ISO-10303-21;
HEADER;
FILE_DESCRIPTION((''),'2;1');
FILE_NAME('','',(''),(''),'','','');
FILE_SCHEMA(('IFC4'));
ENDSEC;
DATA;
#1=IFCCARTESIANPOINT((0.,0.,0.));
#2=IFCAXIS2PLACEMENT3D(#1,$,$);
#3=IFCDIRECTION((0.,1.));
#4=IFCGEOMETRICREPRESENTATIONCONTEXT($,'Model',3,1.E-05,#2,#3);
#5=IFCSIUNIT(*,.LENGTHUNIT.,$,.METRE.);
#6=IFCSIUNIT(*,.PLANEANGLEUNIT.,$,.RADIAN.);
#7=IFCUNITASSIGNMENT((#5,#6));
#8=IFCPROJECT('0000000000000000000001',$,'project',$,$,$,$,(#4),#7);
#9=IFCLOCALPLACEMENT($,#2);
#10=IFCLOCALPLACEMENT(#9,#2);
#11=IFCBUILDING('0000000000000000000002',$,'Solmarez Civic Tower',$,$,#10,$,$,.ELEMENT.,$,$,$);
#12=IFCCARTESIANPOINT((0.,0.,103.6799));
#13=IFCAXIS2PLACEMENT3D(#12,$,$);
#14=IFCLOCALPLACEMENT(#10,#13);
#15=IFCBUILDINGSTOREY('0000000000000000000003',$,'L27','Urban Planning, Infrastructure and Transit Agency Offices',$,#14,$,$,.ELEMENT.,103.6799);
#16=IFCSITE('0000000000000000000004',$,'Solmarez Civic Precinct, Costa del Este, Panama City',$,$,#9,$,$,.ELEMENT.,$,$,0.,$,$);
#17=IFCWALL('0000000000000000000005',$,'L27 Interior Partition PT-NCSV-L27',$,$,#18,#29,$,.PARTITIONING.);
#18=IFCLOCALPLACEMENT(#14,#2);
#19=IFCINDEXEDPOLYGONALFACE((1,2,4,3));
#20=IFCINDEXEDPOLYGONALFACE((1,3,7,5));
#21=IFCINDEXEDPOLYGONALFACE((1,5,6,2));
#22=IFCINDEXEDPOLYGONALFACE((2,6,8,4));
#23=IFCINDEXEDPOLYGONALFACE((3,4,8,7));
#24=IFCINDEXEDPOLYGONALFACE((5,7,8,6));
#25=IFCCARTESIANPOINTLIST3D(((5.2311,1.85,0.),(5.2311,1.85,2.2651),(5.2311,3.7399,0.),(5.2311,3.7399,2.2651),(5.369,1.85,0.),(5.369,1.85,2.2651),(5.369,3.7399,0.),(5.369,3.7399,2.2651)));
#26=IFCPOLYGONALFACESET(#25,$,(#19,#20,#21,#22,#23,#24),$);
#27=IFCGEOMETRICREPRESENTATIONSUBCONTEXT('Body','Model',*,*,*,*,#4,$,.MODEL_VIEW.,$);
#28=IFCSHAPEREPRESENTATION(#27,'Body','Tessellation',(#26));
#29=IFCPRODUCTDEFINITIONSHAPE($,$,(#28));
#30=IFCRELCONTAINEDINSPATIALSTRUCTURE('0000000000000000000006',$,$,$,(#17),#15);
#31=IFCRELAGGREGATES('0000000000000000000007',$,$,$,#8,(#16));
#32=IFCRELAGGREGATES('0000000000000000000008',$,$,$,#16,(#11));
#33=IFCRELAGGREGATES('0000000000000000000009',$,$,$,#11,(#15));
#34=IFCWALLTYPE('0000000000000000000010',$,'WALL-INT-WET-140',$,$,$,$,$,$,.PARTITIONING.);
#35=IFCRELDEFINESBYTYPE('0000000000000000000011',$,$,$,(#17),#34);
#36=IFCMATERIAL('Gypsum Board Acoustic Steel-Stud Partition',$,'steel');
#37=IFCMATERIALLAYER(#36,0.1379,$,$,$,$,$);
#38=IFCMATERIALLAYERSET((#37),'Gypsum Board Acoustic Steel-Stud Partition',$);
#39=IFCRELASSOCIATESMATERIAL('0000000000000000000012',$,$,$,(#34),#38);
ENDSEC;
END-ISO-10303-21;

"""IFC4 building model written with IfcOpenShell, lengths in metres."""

from ifc_helpers import new_model, si_unit, direction, frame, frame_2d, origin, place, context, subcontext, project, spatial, rectangle, extrude, material, layer, layer_set, type_object, element, save


model = new_model("IFC4")

# Units and contexts
model_context = context("Model", 3, precision=1e-05, world=origin(), true_north=direction((0.0, 1.0)))
body_context = subcontext(model_context, "Body", "Model", "MODEL_VIEW")
ifc_project = project(units=[si_unit("LENGTHUNIT", "METRE"), si_unit("PLANEANGLEUNIT", "RADIAN")], contexts=[model_context])

# Site, building, storey
site_placement = place(None, origin())
site = spatial("IfcSite", under=ifc_project, at=site_placement, Name="Solmarez Civic Precinct, Costa del Este, Panama City", CompositionType="ELEMENT", RefElevation=0.0)
building_placement = place(site_placement, origin())
building = spatial("IfcBuilding", under=site, at=building_placement, Name="Solmarez Civic Tower", CompositionType="ELEMENT")
storey_placement = place(building_placement, frame((0.0, 0.0, 103.6799)))
storey = spatial("IfcBuildingStorey", under=building, at=storey_placement, Name="L27", Description="Urban Planning, Infrastructure and Transit Agency Offices", CompositionType="ELEMENT", Elevation=103.6799)

# Wall
ifc_material_1 = material(Name="Gypsum Board Acoustic Steel-Stud Partition", Category="steel")
ifc_layer_1 = layer(ifc_material_1, 0.1379)
ifc_layer_set_1 = layer_set([ifc_layer_1], Name="Gypsum Board Acoustic Steel-Stud Partition")
wall_type_1 = type_object("IfcWallType", Name="WALL-INT-WET-140", PredefinedType="PARTITIONING", material=ifc_layer_set_1)
wall_1_placement = place(storey_placement, frame((5.3, 1.8501, 0.0), z_axis=(0.0, 0.0, 1.0), x_axis=(0.0, 1.0, 0.0)))
element("IfcWall", 1, at=wall_1_placement, inside=storey, type_object=wall_type_1, Name="L27 Interior Partition PT-NCSV-L27", PredefinedType="PARTITIONING", context=body_context, shape_type="SweptSolid", body=[
    extrude(rectangle(XDim=1.8899, YDim=0.1379, at=frame_2d((0.9448, 0.0))), origin(), (0.0, 0.0, 1.0), 2.2651),
])

save(model, "model.ifc")
